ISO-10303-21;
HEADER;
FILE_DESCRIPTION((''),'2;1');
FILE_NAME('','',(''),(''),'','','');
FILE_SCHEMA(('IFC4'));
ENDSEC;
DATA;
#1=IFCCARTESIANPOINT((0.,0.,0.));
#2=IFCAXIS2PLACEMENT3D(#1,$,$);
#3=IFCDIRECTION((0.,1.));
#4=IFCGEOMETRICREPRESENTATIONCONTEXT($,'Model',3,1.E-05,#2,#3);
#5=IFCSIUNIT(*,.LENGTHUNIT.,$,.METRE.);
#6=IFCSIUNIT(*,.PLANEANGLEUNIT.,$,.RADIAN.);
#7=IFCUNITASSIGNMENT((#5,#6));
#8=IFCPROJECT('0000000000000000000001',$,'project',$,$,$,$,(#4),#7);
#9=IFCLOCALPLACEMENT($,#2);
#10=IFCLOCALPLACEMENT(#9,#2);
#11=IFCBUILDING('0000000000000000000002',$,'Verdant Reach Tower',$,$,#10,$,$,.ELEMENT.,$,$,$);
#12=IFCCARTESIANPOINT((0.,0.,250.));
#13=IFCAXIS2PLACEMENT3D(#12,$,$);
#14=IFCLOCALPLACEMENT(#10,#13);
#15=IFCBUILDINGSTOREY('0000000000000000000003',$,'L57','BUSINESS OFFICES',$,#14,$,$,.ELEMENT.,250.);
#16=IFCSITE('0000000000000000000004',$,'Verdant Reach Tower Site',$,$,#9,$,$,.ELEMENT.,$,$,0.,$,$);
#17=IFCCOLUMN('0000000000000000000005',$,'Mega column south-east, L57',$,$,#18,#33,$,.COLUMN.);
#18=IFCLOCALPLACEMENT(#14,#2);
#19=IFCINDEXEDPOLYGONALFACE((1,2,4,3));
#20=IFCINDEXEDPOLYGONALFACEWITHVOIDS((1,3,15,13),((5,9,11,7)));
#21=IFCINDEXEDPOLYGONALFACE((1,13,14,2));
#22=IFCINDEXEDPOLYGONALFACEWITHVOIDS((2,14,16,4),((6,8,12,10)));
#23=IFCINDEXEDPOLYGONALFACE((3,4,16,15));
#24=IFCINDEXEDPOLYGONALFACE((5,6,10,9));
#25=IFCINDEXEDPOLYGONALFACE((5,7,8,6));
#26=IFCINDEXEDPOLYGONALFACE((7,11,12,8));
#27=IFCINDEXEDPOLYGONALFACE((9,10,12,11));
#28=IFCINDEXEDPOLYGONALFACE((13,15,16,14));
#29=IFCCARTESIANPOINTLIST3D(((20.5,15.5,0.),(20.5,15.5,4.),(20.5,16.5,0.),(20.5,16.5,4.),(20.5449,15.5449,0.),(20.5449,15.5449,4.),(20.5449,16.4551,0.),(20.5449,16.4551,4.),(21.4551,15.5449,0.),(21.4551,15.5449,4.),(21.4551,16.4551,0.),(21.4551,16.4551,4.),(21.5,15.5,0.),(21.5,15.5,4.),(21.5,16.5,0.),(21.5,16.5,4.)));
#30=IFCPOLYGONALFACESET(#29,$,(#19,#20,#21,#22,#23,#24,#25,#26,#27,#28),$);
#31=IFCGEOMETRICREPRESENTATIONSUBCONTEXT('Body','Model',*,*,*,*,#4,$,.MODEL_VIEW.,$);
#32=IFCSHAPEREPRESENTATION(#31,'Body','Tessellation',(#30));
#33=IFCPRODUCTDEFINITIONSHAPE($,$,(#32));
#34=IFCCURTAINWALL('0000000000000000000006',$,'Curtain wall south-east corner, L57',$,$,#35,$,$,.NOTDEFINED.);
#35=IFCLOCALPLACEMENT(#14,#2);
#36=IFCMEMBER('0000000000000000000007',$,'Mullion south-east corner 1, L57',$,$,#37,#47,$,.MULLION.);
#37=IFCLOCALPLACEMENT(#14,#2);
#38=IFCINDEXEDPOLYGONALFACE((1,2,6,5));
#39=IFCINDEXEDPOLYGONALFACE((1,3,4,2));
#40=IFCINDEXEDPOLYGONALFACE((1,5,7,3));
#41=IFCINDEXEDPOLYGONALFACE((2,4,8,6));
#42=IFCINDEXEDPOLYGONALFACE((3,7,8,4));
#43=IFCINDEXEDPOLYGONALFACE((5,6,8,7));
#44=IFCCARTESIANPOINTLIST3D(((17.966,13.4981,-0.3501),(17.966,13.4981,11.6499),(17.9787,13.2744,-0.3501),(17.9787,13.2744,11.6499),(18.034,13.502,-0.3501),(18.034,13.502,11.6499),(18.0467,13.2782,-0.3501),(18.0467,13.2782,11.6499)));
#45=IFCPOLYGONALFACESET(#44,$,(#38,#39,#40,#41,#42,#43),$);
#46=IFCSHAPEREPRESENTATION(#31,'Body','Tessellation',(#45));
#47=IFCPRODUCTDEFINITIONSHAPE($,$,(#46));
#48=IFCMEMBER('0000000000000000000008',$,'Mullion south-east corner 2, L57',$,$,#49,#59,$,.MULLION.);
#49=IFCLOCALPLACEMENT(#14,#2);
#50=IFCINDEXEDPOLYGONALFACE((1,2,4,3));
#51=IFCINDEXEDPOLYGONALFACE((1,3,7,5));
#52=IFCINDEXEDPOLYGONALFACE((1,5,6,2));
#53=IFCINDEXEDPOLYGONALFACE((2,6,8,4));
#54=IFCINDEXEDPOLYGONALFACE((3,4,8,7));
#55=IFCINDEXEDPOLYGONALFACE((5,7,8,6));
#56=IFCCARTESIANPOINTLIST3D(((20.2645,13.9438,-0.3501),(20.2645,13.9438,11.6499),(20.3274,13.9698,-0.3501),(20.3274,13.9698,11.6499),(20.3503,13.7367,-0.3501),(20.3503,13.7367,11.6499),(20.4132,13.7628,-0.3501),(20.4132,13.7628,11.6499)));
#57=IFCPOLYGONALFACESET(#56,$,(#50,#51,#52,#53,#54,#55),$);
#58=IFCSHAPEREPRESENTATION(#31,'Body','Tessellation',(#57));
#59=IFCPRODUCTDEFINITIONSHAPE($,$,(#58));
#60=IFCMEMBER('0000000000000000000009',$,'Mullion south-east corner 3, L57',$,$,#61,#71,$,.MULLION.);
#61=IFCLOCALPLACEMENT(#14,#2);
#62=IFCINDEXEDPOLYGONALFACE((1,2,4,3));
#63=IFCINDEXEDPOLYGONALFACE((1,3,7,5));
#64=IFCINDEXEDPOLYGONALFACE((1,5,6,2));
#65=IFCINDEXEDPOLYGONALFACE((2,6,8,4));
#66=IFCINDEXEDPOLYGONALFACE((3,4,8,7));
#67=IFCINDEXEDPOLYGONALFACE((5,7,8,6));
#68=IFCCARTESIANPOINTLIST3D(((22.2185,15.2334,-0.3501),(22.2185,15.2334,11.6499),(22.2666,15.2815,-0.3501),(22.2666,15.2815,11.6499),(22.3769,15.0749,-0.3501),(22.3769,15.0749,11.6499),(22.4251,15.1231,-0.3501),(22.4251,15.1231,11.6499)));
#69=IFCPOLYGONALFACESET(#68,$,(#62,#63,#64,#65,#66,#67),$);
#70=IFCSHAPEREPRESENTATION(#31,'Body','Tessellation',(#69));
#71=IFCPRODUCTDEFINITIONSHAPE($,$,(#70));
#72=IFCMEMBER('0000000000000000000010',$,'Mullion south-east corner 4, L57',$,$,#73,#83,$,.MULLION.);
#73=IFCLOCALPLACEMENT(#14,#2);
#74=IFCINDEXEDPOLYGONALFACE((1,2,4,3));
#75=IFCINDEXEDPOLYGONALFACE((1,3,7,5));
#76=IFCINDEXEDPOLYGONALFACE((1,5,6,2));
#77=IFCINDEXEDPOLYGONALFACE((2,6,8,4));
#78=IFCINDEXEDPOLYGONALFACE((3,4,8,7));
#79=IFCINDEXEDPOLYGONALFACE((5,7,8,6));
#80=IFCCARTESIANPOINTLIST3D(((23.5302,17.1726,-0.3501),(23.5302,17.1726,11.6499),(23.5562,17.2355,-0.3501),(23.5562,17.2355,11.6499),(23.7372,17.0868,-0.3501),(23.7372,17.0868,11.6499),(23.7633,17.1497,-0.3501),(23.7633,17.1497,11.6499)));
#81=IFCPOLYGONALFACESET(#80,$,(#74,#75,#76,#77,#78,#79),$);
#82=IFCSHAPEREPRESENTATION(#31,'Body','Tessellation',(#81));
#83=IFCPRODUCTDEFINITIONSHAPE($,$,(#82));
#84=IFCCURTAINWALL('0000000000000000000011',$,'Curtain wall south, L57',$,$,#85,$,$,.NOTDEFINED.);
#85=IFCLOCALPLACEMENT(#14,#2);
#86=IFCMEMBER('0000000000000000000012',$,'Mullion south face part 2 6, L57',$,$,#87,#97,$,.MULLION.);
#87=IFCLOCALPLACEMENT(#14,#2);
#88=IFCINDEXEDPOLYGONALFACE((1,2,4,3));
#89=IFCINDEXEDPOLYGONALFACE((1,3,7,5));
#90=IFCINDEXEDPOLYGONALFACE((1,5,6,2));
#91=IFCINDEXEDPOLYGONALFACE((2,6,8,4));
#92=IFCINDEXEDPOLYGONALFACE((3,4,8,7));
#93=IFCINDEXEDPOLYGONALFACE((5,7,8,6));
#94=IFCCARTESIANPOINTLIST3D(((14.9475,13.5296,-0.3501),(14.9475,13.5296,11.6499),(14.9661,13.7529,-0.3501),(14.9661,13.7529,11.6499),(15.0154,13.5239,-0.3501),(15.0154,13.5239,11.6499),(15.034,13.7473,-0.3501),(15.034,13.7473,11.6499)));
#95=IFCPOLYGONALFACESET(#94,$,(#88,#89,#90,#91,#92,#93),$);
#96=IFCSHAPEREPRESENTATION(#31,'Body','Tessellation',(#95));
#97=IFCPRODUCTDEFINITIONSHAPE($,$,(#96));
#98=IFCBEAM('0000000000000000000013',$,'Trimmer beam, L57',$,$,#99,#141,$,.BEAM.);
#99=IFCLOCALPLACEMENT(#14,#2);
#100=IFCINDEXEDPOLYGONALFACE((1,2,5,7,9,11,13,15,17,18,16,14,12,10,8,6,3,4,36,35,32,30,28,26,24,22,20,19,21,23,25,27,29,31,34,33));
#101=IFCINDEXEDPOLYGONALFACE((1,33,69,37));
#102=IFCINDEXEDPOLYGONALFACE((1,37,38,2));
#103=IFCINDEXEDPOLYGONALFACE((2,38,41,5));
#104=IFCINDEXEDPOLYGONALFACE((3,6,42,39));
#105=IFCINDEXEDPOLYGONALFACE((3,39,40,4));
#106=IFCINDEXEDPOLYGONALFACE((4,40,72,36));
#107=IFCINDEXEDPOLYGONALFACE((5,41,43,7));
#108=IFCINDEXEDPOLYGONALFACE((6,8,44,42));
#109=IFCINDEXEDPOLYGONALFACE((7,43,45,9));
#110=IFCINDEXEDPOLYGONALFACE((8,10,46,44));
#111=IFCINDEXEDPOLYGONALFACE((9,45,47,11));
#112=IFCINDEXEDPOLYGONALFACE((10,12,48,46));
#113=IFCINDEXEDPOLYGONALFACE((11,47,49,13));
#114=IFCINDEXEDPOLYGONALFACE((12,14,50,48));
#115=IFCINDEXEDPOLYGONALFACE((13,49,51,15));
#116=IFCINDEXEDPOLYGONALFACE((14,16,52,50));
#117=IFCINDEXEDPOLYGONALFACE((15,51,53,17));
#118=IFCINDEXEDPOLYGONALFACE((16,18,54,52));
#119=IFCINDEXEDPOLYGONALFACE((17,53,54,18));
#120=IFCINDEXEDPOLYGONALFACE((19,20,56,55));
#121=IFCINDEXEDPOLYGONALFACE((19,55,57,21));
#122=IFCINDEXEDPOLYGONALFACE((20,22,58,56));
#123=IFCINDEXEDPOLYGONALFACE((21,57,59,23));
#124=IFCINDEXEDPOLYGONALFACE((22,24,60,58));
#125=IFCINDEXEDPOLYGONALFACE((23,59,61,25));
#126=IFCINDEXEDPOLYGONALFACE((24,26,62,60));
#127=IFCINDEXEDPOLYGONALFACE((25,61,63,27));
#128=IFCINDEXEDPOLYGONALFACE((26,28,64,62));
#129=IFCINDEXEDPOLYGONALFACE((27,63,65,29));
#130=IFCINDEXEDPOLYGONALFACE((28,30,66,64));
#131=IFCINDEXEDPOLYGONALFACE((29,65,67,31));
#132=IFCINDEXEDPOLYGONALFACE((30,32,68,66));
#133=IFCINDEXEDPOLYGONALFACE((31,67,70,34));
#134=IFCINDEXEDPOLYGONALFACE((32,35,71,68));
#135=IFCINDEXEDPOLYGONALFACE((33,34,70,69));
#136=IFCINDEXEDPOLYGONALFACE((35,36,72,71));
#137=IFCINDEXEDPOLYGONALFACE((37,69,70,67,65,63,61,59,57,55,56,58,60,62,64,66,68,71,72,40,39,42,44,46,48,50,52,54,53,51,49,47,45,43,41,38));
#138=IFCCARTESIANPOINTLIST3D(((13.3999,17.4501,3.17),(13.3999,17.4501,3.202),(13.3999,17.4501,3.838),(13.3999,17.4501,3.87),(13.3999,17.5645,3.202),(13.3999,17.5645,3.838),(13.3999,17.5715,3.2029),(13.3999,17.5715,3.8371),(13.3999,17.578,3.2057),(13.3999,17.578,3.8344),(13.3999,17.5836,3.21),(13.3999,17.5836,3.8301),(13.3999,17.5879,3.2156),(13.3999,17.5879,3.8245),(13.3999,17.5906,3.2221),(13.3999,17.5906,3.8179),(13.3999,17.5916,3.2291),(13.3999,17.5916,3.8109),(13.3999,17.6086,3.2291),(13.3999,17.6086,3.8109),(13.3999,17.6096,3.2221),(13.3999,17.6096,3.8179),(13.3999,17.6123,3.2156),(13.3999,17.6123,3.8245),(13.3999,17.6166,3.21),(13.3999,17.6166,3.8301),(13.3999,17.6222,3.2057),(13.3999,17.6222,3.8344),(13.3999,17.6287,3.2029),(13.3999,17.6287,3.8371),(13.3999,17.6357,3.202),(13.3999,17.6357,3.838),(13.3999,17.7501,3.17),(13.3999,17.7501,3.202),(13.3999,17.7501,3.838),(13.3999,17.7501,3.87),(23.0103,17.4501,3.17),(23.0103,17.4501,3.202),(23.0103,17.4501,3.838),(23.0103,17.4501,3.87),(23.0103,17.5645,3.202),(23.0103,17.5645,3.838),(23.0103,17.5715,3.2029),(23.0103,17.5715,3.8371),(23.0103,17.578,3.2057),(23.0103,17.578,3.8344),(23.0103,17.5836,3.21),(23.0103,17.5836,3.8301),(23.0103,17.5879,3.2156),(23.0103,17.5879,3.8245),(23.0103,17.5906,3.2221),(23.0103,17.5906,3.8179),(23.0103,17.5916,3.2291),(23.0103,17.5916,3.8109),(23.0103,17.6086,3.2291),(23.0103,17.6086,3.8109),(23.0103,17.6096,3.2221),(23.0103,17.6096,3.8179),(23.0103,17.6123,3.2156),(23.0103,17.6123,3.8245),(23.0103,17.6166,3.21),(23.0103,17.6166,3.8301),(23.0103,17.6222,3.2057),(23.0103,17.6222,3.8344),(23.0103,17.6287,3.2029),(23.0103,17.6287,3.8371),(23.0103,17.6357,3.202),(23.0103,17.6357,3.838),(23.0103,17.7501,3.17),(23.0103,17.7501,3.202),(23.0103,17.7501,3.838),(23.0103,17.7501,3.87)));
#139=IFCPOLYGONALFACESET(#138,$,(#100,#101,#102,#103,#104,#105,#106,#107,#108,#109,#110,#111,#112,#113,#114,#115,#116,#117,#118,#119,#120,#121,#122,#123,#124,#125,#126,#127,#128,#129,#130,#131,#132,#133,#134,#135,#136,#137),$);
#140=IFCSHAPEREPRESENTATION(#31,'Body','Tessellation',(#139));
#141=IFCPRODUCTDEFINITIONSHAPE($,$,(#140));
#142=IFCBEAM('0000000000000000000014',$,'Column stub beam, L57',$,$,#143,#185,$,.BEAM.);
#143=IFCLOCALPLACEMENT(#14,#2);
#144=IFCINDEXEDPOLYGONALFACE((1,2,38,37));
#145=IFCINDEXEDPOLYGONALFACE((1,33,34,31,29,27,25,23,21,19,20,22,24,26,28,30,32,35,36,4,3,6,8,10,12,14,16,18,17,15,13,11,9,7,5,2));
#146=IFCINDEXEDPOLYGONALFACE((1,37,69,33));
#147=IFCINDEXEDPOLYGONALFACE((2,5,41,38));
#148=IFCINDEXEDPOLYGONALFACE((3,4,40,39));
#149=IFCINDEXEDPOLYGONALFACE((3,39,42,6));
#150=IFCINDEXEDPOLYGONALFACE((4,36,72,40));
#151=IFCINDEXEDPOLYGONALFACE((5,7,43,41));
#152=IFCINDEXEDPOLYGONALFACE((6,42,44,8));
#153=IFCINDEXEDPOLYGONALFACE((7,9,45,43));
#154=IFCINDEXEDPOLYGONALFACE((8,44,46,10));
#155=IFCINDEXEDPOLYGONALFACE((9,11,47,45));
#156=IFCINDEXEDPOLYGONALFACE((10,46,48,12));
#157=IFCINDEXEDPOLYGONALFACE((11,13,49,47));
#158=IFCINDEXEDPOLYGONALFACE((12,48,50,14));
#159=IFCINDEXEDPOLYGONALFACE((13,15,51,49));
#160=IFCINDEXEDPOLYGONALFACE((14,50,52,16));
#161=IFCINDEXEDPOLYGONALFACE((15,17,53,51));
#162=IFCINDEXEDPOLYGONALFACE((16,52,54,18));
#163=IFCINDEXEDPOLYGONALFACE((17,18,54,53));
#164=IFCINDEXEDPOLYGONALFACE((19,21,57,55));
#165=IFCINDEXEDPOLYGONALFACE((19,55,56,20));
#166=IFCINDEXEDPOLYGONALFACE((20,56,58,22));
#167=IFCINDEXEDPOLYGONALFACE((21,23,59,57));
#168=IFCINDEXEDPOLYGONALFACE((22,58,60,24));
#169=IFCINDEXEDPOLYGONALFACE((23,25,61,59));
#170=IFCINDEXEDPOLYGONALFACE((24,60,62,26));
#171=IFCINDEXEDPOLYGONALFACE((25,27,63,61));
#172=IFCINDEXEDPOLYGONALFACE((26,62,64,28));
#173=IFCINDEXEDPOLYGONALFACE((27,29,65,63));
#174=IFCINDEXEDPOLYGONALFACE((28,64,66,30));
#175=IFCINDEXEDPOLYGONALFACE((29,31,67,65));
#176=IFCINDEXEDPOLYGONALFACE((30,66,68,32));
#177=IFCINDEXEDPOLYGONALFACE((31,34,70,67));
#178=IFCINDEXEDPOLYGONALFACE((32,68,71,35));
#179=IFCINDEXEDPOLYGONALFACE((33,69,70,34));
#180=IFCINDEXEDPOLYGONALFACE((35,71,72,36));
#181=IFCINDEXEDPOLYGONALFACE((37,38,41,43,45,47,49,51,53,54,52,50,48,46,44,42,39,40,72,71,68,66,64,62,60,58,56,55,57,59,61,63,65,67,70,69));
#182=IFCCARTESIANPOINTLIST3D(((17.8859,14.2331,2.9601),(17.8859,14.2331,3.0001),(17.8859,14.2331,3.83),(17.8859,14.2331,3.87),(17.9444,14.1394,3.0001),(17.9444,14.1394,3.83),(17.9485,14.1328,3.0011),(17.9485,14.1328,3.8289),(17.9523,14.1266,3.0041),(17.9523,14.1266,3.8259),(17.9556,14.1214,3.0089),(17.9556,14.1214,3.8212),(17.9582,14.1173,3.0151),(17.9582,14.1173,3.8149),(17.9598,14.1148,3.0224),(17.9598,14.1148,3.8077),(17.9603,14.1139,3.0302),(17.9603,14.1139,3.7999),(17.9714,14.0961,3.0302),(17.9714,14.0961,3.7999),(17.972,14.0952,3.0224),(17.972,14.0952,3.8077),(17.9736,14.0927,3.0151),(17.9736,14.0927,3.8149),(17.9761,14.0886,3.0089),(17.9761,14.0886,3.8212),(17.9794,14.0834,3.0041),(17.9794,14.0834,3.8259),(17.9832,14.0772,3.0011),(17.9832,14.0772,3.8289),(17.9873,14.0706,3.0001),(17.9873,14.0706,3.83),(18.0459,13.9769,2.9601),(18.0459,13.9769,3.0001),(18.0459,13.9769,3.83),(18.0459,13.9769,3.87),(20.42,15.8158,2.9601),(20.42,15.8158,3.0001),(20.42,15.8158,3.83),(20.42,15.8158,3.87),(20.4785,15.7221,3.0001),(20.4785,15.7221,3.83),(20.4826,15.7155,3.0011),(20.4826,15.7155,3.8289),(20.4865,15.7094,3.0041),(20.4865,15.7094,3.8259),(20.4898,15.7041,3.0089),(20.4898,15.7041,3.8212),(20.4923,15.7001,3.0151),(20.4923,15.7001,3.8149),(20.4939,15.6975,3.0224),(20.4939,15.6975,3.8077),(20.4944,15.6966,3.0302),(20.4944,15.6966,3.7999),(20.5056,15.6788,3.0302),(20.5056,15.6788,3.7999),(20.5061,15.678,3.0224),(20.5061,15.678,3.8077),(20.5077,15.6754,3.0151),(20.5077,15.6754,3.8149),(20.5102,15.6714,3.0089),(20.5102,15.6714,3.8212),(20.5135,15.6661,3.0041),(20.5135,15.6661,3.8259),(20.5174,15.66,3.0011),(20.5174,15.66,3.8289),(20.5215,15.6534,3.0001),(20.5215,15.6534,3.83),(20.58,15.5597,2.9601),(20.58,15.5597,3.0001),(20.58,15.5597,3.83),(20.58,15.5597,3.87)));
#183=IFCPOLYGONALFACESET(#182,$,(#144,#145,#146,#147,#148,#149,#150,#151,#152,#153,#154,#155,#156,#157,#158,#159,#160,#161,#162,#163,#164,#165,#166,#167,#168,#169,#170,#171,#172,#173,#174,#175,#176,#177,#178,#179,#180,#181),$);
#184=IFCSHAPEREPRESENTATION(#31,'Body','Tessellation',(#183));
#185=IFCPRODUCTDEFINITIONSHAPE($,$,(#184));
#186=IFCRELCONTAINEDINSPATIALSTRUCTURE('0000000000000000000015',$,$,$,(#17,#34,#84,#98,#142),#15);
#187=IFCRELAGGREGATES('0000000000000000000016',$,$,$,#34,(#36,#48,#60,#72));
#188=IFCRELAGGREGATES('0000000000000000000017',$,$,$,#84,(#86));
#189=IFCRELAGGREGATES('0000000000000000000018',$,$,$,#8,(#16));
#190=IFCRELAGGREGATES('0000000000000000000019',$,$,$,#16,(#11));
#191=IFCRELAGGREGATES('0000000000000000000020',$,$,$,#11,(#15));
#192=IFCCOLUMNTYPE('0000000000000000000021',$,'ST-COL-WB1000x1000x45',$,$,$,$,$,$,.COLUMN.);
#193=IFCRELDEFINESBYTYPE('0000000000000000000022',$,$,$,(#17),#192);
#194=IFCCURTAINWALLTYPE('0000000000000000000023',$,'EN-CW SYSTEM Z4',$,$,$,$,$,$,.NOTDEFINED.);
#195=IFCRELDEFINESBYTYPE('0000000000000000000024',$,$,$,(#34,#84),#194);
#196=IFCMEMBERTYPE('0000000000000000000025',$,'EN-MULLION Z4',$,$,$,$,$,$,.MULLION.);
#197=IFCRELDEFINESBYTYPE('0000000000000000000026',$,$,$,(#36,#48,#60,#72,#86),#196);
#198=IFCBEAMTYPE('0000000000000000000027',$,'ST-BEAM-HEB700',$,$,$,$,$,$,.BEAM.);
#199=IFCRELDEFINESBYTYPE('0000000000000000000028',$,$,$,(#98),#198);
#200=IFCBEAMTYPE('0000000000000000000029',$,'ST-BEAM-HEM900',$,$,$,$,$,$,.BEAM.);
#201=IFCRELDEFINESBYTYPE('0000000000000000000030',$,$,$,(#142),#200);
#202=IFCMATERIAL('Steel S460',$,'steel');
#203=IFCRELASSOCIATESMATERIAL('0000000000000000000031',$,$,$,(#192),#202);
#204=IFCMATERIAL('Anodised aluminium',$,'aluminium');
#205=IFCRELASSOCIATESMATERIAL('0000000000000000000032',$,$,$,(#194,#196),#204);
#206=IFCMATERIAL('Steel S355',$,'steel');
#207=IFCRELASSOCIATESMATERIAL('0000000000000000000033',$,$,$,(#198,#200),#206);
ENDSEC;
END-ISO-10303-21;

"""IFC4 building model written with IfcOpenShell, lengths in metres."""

from ifc_helpers import new_model, si_unit, direction, frame, origin, origin_2d, place, context, subcontext, project, spatial, rectangle, hollow_rectangle, i_section, extrude, material, material_profile, profile_set, type_object, element, aggregate, save


model = new_model("IFC4")

# Units and contexts
model_context = context("Model", 3, precision=1e-05, world=origin(), true_north=direction((0.0, 1.0)))
body_context = subcontext(model_context, "Body", "Model", "MODEL_VIEW")
ifc_project = project(units=[si_unit("LENGTHUNIT", "METRE"), si_unit("PLANEANGLEUNIT", "RADIAN")], contexts=[model_context])

# Site, building, storey
site_placement = place(None, origin())
site = spatial("IfcSite", under=ifc_project, at=site_placement, Name="Verdant Reach Tower Site", CompositionType="ELEMENT", RefElevation=0.0)
building_placement = place(site_placement, origin())
building = spatial("IfcBuilding", under=site, at=building_placement, Name="Verdant Reach Tower", CompositionType="ELEMENT")
storey_placement = place(building_placement, frame((0.0, 0.0, 250.0)))
storey = spatial("IfcBuildingStorey", under=building, at=storey_placement, Name="L57", Description="BUSINESS OFFICES", CompositionType="ELEMENT", Elevation=250.0)

# Column
ifc_material_1 = material(Name="Steel S460", Category="steel")
ifc_material_profile_1 = material_profile(ifc_material_1, hollow_rectangle(XDim=1.0, YDim=1.0, WallThickness=0.0449, at=origin_2d()), Name="WB 1000x1000x45")
ifc_profile_set_1 = profile_set([ifc_material_profile_1], Name="Steel S460")
column_type = type_object("IfcColumnType", Name="ST-COL-WB1000x1000x45", PredefinedType="COLUMN", material=ifc_profile_set_1)
column_placement = place(storey_placement, frame((21.0, 16.0, 0.0), z_axis=(0.0, 0.0, 1.0), x_axis=(1.0, 0.0, 0.0)))
element("IfcColumn", 1, at=column_placement, inside=storey, type_object=column_type, Name="Mega column south-east, L57", PredefinedType="COLUMN", context=body_context, shape_type="SweptSolid", body=[
    extrude(hollow_rectangle(XDim=1.0, YDim=1.0, WallThickness=0.0449, at=origin_2d()), origin(), (0.0, 0.0, 1.0), 4.0),
])

# Curtain wall, members
ifc_material_2 = material(Name="Anodised aluminium", Category="aluminium")
curtain_wall_type = type_object("IfcCurtainWallType", Name="EN-CW SYSTEM Z4", PredefinedType="NOTDEFINED", material=ifc_material_2)
curtain_wall_1_placement = place(storey_placement, origin())
curtain_wall_1 = element("IfcCurtainWall", 2, at=curtain_wall_1_placement, inside=storey, type_object=curtain_wall_type, Name="Curtain wall south-east corner, L57", PredefinedType="NOTDEFINED")
ifc_material_profile_2 = material_profile(ifc_material_2, rectangle(XDim=0.2241, YDim=0.0681, at=origin_2d()), Name="Mullion 68x224")
ifc_profile_set_2 = profile_set([ifc_material_profile_2], Name="Anodised aluminium")
member_type = type_object("IfcMemberType", Name="EN-MULLION Z4", PredefinedType="MULLION", material=ifc_profile_set_2)
member_1_placement = place(storey_placement, frame((18.0063, 13.3882, -0.3501), z_axis=(0.0, 0.0, 1.0), x_axis=(0.056569, -0.998399, 0.0)))
member_1 = element("IfcMember", 3, at=member_1_placement, type_object=member_type, Name="Mullion south-east corner 1, L57", PredefinedType="MULLION", context=body_context, shape_type="SweptSolid", body=[
    extrude(rectangle(XDim=0.2241, YDim=0.0681, at=origin_2d()), origin(), (0.0, 0.0, 1.0), 12.0),
])
member_2_placement = place(storey_placement, frame((20.3389, 13.8533, -0.3501), z_axis=(0.0, 0.0, 1.0), x_axis=(0.382694, -0.923875, 0.0)))
member_2 = element("IfcMember", 4, at=member_2_placement, type_object=member_type, Name="Mullion south-east corner 2, L57", PredefinedType="MULLION", context=body_context, shape_type="SweptSolid", body=[
    extrude(rectangle(XDim=0.2241, YDim=0.0681, at=origin_2d()), origin(), (0.0, 0.0, 1.0), 12.0),
])
member_3_placement = place(storey_placement, frame((22.3218, 15.1782, -0.3501), z_axis=(0.0, 0.0, 1.0), x_axis=(0.707107, -0.707107, 0.0)))
member_3 = element("IfcMember", 5, at=member_3_placement, type_object=member_type, Name="Mullion south-east corner 3, L57", PredefinedType="MULLION", context=body_context, shape_type="SweptSolid", body=[
    extrude(rectangle(XDim=0.2241, YDim=0.0681, at=origin_2d()), origin(), (0.0, 0.0, 1.0), 12.0),
])
member_4_placement = place(storey_placement, frame((23.6467, 17.1611, -0.3501), z_axis=(0.0, 0.0, 1.0), x_axis=(0.923875, -0.382694, 0.0)))
member_4 = element("IfcMember", 6, at=member_4_placement, type_object=member_type, Name="Mullion south-east corner 4, L57", PredefinedType="MULLION", context=body_context, shape_type="SweptSolid", body=[
    extrude(rectangle(XDim=0.2241, YDim=0.0681, at=origin_2d()), origin(), (0.0, 0.0, 1.0), 12.0),
])

# Curtain wall, member
curtain_wall_2_placement = place(storey_placement, origin())
curtain_wall_2 = element("IfcCurtainWall", 7, at=curtain_wall_2_placement, inside=storey, type_object=curtain_wall_type, Name="Curtain wall south, L57", PredefinedType="NOTDEFINED")
member_5_placement = place(storey_placement, frame((14.9907, 13.6384, -0.3501), z_axis=(0.0, 0.0, 1.0), x_axis=(-0.083045, -0.996546, 0.0)))
member_5 = element("IfcMember", 8, at=member_5_placement, type_object=member_type, Name="Mullion south face part 2 6, L57", PredefinedType="MULLION", context=body_context, shape_type="SweptSolid", body=[
    extrude(rectangle(XDim=0.2241, YDim=0.0681, at=origin_2d()), origin(), (0.0, 0.0, 1.0), 12.0),
])

# Beams
ifc_material_3 = material(Name="Steel S355", Category="steel")
ifc_material_profile_3 = material_profile(ifc_material_3, i_section(OverallWidth=0.3, OverallDepth=0.7, WebThickness=0.0171, FlangeThickness=0.032, FilletRadius=0.0271, at=origin_2d()), Name="HEB 700")
ifc_profile_set_3 = profile_set([ifc_material_profile_3], Name="Steel S355")
beam_type_1 = type_object("IfcBeamType", Name="ST-BEAM-HEB700", PredefinedType="BEAM", material=ifc_profile_set_3)
beam_1_placement = place(storey_placement, frame((13.3999, 17.6001, 3.52), z_axis=(1.0, 0.0, 0.0), x_axis=(0.0, 1.0, 0.0)))
element("IfcBeam", 9, at=beam_1_placement, inside=storey, type_object=beam_type_1, Name="Trimmer beam, L57", PredefinedType="BEAM", context=body_context, shape_type="SweptSolid", body=[
    extrude(i_section(OverallWidth=0.3, OverallDepth=0.7, WebThickness=0.0171, FlangeThickness=0.032, FilletRadius=0.0271, at=origin_2d()), origin(), (0.0, 0.0, 1.0), 9.6104),
])
ifc_material_profile_4 = material_profile(ifc_material_3, i_section(OverallWidth=0.302, OverallDepth=0.9099, WebThickness=0.021, FlangeThickness=0.04, FilletRadius=0.03, at=origin_2d()), Name="HEM 900")
ifc_profile_set_4 = profile_set([ifc_material_profile_4], Name="Steel S355")
beam_type_2 = type_object("IfcBeamType", Name="ST-BEAM-HEM900", PredefinedType="BEAM", material=ifc_profile_set_4)
beam_2_placement = place(storey_placement, frame((20.5, 15.6877, 3.415), z_axis=(-0.848164, -0.529735, 0.0), x_axis=(0.529735, -0.848164, 0.0)))
element("IfcBeam", 10, at=beam_2_placement, inside=storey, type_object=beam_type_2, Name="Column stub beam, L57", PredefinedType="BEAM", context=body_context, shape_type="SweptSolid", body=[
    extrude(i_section(OverallWidth=0.302, OverallDepth=0.9099, WebThickness=0.021, FlangeThickness=0.04, FilletRadius=0.03, at=origin_2d()), origin(), (0.0, 0.0, 1.0), 2.9878),
])

aggregate(curtain_wall_1, [member_1, member_2, member_3, member_4])
aggregate(curtain_wall_2, [member_5])

save(model, "model.ifc")
